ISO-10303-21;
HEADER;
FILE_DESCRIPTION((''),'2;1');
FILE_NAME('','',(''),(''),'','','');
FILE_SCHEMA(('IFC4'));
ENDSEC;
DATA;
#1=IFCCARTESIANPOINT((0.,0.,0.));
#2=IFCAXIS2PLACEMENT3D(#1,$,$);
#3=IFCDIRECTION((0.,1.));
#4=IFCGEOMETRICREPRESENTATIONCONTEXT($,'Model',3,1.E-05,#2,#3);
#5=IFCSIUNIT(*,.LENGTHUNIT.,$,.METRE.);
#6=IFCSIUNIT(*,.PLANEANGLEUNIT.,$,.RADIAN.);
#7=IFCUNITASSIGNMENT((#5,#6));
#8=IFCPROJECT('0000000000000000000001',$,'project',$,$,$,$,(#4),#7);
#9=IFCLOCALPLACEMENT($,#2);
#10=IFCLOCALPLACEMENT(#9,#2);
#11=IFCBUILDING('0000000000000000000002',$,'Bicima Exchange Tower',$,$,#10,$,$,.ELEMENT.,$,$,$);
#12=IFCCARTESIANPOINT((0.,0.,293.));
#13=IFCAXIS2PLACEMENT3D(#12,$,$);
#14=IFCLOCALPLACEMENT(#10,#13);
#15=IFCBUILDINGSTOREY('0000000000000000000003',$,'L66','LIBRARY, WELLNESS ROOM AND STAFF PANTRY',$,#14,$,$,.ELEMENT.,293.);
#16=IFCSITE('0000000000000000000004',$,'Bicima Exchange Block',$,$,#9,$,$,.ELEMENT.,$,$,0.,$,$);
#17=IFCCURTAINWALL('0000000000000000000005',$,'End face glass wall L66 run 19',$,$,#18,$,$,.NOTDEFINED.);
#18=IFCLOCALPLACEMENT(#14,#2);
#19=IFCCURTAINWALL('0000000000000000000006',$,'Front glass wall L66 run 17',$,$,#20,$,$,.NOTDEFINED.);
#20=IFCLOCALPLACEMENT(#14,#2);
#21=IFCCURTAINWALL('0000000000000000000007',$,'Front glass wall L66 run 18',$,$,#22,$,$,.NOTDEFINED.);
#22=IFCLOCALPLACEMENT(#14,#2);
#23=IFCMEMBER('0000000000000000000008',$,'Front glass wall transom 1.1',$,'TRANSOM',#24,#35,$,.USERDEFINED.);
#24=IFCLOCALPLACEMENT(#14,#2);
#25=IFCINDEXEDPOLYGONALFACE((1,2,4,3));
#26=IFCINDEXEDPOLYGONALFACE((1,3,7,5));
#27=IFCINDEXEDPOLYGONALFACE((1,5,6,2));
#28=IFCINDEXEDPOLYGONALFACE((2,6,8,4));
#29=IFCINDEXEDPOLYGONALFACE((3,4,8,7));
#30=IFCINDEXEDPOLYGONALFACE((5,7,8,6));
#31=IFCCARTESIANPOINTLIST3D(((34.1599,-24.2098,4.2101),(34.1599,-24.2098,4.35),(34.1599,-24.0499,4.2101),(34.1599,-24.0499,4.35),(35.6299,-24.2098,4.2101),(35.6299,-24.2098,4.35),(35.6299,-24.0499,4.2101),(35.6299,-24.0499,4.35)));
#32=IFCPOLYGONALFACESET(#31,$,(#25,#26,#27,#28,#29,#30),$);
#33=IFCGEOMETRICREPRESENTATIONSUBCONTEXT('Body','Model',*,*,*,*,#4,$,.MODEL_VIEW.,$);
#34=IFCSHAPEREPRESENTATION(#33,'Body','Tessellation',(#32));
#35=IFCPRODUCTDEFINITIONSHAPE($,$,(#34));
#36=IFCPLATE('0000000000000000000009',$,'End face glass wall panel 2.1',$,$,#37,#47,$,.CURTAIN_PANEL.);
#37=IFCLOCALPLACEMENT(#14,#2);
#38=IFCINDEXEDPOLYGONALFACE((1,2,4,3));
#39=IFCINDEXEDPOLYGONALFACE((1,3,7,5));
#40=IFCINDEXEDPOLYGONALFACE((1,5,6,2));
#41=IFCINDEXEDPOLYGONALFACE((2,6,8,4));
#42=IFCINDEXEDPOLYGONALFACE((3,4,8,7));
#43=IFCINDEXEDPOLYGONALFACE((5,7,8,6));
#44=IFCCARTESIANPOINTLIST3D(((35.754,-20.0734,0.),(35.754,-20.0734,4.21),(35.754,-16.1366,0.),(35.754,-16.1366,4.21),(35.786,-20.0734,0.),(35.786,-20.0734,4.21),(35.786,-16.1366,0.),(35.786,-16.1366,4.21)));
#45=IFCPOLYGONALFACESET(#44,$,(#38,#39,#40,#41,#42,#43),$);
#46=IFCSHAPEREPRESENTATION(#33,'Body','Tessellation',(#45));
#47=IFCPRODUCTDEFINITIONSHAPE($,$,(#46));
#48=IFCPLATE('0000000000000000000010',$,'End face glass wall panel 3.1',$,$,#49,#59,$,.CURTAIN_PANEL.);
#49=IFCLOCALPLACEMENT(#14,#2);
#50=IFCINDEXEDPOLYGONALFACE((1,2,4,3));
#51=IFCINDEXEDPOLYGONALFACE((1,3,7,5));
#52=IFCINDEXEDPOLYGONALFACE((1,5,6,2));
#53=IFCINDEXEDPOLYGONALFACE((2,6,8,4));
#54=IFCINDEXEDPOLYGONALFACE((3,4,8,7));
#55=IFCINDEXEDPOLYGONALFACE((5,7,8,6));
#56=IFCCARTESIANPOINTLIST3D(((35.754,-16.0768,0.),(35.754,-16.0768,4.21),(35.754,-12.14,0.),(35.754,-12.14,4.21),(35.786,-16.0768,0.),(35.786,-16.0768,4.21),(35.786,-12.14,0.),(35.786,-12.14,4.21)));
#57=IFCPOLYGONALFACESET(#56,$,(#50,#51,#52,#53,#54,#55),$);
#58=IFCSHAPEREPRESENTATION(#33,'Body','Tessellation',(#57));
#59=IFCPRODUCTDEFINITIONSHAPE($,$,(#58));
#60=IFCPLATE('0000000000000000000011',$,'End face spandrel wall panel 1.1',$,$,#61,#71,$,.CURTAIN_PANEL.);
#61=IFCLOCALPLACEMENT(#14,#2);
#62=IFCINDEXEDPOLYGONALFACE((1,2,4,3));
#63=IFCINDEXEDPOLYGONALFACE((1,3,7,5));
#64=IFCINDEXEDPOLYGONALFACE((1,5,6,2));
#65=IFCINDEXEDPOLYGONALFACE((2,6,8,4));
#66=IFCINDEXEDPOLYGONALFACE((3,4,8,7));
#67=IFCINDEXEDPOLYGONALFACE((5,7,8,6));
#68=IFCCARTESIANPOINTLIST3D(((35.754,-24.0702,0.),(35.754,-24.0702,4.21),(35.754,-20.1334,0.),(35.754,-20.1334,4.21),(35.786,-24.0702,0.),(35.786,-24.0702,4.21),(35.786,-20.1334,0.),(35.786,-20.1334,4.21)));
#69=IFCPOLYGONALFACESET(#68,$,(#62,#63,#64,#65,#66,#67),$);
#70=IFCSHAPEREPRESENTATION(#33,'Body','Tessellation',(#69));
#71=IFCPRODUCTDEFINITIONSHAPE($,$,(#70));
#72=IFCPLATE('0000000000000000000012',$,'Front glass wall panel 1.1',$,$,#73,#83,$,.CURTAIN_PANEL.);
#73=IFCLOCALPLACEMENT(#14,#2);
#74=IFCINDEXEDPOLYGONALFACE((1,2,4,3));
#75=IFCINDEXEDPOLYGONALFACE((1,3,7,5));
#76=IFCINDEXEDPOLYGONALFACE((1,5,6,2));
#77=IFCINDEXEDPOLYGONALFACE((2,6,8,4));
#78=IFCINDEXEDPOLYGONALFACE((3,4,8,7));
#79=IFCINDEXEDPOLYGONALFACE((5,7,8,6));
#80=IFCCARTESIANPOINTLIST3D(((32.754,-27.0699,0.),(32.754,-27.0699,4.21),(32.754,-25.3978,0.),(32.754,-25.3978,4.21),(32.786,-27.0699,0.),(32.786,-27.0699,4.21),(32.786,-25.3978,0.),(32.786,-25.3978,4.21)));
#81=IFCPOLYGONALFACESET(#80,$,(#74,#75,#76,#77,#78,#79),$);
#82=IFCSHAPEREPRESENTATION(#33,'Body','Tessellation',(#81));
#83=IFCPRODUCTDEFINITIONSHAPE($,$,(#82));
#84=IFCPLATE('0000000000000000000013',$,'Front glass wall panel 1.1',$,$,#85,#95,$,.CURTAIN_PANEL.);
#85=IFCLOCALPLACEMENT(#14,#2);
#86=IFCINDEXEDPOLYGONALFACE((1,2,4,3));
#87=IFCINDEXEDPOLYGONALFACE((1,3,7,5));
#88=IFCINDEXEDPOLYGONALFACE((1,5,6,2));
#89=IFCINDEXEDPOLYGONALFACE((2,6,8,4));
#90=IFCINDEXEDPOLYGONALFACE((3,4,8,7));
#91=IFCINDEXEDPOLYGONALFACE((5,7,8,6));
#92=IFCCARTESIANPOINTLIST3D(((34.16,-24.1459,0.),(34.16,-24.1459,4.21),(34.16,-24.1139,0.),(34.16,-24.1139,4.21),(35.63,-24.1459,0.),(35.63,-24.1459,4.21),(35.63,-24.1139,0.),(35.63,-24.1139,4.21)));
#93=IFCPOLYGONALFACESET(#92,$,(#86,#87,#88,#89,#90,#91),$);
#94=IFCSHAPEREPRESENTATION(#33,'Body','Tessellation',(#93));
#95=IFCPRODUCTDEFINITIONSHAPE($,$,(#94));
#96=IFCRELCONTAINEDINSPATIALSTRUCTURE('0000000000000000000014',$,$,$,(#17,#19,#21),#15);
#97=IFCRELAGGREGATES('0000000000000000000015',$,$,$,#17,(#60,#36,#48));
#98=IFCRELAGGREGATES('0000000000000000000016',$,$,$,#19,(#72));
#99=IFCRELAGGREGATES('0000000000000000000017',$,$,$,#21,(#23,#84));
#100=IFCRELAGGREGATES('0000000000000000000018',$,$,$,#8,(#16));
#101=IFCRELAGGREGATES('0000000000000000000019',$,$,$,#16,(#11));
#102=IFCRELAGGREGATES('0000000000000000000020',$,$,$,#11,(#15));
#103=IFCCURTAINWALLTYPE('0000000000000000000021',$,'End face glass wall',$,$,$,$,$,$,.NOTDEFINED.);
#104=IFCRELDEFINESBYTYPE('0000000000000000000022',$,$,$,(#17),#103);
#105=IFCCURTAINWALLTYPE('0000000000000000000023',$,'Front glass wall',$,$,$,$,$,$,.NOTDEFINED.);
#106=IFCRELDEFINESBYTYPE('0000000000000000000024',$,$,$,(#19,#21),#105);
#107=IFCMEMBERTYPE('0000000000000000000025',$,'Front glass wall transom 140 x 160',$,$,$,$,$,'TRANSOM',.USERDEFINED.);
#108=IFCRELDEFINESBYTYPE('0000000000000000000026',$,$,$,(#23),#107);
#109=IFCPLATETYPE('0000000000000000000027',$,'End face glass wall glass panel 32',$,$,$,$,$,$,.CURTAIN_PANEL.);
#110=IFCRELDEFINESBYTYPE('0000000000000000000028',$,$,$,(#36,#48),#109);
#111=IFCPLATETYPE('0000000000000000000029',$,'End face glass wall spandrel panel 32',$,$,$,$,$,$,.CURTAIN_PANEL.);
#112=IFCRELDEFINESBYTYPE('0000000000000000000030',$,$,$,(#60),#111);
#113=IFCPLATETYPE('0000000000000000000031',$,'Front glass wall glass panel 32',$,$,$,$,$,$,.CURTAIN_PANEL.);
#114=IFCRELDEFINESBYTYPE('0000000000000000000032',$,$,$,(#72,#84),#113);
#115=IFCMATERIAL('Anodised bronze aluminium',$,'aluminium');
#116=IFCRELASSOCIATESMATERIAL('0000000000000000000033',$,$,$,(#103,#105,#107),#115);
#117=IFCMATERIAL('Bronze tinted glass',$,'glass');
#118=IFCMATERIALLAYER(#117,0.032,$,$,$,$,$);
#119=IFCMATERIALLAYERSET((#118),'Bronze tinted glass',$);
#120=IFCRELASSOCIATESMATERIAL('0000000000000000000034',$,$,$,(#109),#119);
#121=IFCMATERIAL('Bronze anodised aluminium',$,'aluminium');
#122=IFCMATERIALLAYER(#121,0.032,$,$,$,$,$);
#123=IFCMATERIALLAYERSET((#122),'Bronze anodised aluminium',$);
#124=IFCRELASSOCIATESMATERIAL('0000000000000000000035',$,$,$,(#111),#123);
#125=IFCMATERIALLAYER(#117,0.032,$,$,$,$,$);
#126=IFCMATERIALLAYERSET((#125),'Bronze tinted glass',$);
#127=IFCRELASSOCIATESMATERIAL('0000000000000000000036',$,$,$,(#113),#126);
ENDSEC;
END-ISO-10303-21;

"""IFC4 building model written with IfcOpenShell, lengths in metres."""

from ifc_helpers import new_model, si_unit, direction, frame, origin, origin_2d, place, context, subcontext, project, spatial, rectangle, extrude, material, layer, layer_set, material_profile, profile_set, type_object, element, aggregate, save


model = new_model("IFC4")

# Units and contexts
model_context = context("Model", 3, precision=1e-05, world=origin(), true_north=direction((0.0, 1.0)))
body_context = subcontext(model_context, "Body", "Model", "MODEL_VIEW")
ifc_project = project(units=[si_unit("LENGTHUNIT", "METRE"), si_unit("PLANEANGLEUNIT", "RADIAN")], contexts=[model_context])

# Site, building, storey
site_placement = place(None, origin())
site = spatial("IfcSite", under=ifc_project, at=site_placement, Name="Bicima Exchange Block", CompositionType="ELEMENT", RefElevation=0.0)
building_placement = place(site_placement, origin())
building = spatial("IfcBuilding", under=site, at=building_placement, Name="Bicima Exchange Tower", CompositionType="ELEMENT")
storey_placement = place(building_placement, frame((0.0, 0.0, 293.0)))
storey = spatial("IfcBuildingStorey", under=building, at=storey_placement, Name="L66", Description="LIBRARY, WELLNESS ROOM AND STAFF PANTRY", CompositionType="ELEMENT", Elevation=293.0)

# Curtain wall
ifc_material_1 = material(Name="Anodised bronze aluminium", Category="aluminium")
curtain_wall_type_1 = type_object("IfcCurtainWallType", Name="End face glass wall", PredefinedType="NOTDEFINED", material=ifc_material_1)
curtain_wall_1_placement = place(storey_placement, origin())
curtain_wall_1 = element("IfcCurtainWall", 1, at=curtain_wall_1_placement, inside=storey, type_object=curtain_wall_type_1, Name="End face glass wall L66 run 19", PredefinedType="NOTDEFINED")
ifc_material_profile_1 = material_profile(ifc_material_1, rectangle(XDim=0.1599, YDim=0.1399, at=origin_2d()))
ifc_profile_set_1 = profile_set([ifc_material_profile_1], Name="Anodised bronze aluminium")

# Curtain wall
curtain_wall_type_2 = type_object("IfcCurtainWallType", Name="Front glass wall", PredefinedType="NOTDEFINED", material=ifc_material_1)
curtain_wall_2_placement = place(storey_placement, origin())
curtain_wall_2 = element("IfcCurtainWall", 2, at=curtain_wall_2_placement, inside=storey, type_object=curtain_wall_type_2, Name="Front glass wall L66 run 17", PredefinedType="NOTDEFINED")

# Curtain wall
curtain_wall_3_placement = place(storey_placement, origin())
curtain_wall_3 = element("IfcCurtainWall", 3, at=curtain_wall_3_placement, inside=storey, type_object=curtain_wall_type_2, Name="Front glass wall L66 run 18", PredefinedType="NOTDEFINED")

# Member
member_type_1 = type_object("IfcMemberType", Name="Front glass wall transom 140 x 160", ElementType="TRANSOM", PredefinedType="USERDEFINED", material=ifc_profile_set_1)
member_1_placement = place(storey_placement, frame((34.1599, -24.1299, 4.28), z_axis=(1.0, 0.0, 0.0), x_axis=(0.0, 1.0, 0.0)))
member_1 = element("IfcMember", 4, at=member_1_placement, type_object=member_type_1, Name="Front glass wall transom 1.1", ObjectType="TRANSOM", PredefinedType="USERDEFINED", context=body_context, shape_type="SweptSolid", body=[
    extrude(rectangle(XDim=0.1599, YDim=0.1399, at=origin_2d()), origin(), (0.0, 0.0, 1.0), 1.47),
])

# Plates
ifc_material_2 = material(Name="Bronze tinted glass", Category="glass")
ifc_layer_1 = layer(ifc_material_2, 0.032)
ifc_layer_set_1 = layer_set([ifc_layer_1], Name="Bronze tinted glass")
plate_type_1 = type_object("IfcPlateType", Name="End face glass wall glass panel 32", PredefinedType="CURTAIN_PANEL", material=ifc_layer_set_1)
plate_1_placement = place(storey_placement, frame((35.77, -18.105, 0.0), z_axis=(0.0, 0.0, 1.0), x_axis=(0.0, 1.0, 0.0)))
plate_1 = element("IfcPlate", 5, at=plate_1_placement, type_object=plate_type_1, Name="End face glass wall panel 2.1", PredefinedType="CURTAIN_PANEL", context=body_context, shape_type="SweptSolid", body=[
    extrude(rectangle(XDim=3.9368, YDim=0.032, at=origin_2d()), origin(), (0.0, 0.0, 1.0), 4.21),
])
plate_2_placement = place(storey_placement, frame((35.77, -14.1084, 0.0), z_axis=(0.0, 0.0, 1.0), x_axis=(0.0, 1.0, 0.0)))
plate_2 = element("IfcPlate", 6, at=plate_2_placement, type_object=plate_type_1, Name="End face glass wall panel 3.1", PredefinedType="CURTAIN_PANEL", context=body_context, shape_type="SweptSolid", body=[
    extrude(rectangle(XDim=3.9368, YDim=0.032, at=origin_2d()), origin(), (0.0, 0.0, 1.0), 4.21),
])
ifc_material_3 = material(Name="Bronze anodised aluminium", Category="aluminium")
ifc_layer_2 = layer(ifc_material_3, 0.032)
ifc_layer_set_2 = layer_set([ifc_layer_2], Name="Bronze anodised aluminium")
plate_type_2 = type_object("IfcPlateType", Name="End face glass wall spandrel panel 32", PredefinedType="CURTAIN_PANEL", material=ifc_layer_set_2)
plate_3_placement = place(storey_placement, frame((35.77, -22.1018, 0.0), z_axis=(0.0, 0.0, 1.0), x_axis=(0.0, 1.0, 0.0)))
plate_3 = element("IfcPlate", 7, at=plate_3_placement, type_object=plate_type_2, Name="End face spandrel wall panel 1.1", PredefinedType="CURTAIN_PANEL", context=body_context, shape_type="SweptSolid", body=[
    extrude(rectangle(XDim=3.9368, YDim=0.032, at=origin_2d()), origin(), (0.0, 0.0, 1.0), 4.21),
])
aggregate(curtain_wall_1, [plate_3, plate_1, plate_2])
ifc_layer_3 = layer(ifc_material_2, 0.032)
ifc_layer_set_3 = layer_set([ifc_layer_3], Name="Bronze tinted glass")
plate_type_3 = type_object("IfcPlateType", Name="Front glass wall glass panel 32", PredefinedType="CURTAIN_PANEL", material=ifc_layer_set_3)
plate_4_placement = place(storey_placement, frame((32.77, -26.2339, 0.0), z_axis=(0.0, 0.0, 1.0), x_axis=(0.0, 1.0, 0.0)))
plate_4 = element("IfcPlate", 8, at=plate_4_placement, type_object=plate_type_3, Name="Front glass wall panel 1.1", PredefinedType="CURTAIN_PANEL", context=body_context, shape_type="SweptSolid", body=[
    extrude(rectangle(XDim=1.6721, YDim=0.032, at=origin_2d()), origin(), (0.0, 0.0, 1.0), 4.21),
])
aggregate(curtain_wall_2, [plate_4])
plate_5_placement = place(storey_placement, frame((34.895, -24.1299, 0.0), z_axis=(0.0, 0.0, 1.0), x_axis=(1.0, 0.0, 0.0)))
plate_5 = element("IfcPlate", 9, at=plate_5_placement, type_object=plate_type_3, Name="Front glass wall panel 1.1", PredefinedType="CURTAIN_PANEL", context=body_context, shape_type="SweptSolid", body=[
    extrude(rectangle(XDim=1.47, YDim=0.032, at=origin_2d()), origin(), (0.0, 0.0, 1.0), 4.21),
])
aggregate(curtain_wall_3, [member_1, plate_5])

save(model, "model.ifc")
